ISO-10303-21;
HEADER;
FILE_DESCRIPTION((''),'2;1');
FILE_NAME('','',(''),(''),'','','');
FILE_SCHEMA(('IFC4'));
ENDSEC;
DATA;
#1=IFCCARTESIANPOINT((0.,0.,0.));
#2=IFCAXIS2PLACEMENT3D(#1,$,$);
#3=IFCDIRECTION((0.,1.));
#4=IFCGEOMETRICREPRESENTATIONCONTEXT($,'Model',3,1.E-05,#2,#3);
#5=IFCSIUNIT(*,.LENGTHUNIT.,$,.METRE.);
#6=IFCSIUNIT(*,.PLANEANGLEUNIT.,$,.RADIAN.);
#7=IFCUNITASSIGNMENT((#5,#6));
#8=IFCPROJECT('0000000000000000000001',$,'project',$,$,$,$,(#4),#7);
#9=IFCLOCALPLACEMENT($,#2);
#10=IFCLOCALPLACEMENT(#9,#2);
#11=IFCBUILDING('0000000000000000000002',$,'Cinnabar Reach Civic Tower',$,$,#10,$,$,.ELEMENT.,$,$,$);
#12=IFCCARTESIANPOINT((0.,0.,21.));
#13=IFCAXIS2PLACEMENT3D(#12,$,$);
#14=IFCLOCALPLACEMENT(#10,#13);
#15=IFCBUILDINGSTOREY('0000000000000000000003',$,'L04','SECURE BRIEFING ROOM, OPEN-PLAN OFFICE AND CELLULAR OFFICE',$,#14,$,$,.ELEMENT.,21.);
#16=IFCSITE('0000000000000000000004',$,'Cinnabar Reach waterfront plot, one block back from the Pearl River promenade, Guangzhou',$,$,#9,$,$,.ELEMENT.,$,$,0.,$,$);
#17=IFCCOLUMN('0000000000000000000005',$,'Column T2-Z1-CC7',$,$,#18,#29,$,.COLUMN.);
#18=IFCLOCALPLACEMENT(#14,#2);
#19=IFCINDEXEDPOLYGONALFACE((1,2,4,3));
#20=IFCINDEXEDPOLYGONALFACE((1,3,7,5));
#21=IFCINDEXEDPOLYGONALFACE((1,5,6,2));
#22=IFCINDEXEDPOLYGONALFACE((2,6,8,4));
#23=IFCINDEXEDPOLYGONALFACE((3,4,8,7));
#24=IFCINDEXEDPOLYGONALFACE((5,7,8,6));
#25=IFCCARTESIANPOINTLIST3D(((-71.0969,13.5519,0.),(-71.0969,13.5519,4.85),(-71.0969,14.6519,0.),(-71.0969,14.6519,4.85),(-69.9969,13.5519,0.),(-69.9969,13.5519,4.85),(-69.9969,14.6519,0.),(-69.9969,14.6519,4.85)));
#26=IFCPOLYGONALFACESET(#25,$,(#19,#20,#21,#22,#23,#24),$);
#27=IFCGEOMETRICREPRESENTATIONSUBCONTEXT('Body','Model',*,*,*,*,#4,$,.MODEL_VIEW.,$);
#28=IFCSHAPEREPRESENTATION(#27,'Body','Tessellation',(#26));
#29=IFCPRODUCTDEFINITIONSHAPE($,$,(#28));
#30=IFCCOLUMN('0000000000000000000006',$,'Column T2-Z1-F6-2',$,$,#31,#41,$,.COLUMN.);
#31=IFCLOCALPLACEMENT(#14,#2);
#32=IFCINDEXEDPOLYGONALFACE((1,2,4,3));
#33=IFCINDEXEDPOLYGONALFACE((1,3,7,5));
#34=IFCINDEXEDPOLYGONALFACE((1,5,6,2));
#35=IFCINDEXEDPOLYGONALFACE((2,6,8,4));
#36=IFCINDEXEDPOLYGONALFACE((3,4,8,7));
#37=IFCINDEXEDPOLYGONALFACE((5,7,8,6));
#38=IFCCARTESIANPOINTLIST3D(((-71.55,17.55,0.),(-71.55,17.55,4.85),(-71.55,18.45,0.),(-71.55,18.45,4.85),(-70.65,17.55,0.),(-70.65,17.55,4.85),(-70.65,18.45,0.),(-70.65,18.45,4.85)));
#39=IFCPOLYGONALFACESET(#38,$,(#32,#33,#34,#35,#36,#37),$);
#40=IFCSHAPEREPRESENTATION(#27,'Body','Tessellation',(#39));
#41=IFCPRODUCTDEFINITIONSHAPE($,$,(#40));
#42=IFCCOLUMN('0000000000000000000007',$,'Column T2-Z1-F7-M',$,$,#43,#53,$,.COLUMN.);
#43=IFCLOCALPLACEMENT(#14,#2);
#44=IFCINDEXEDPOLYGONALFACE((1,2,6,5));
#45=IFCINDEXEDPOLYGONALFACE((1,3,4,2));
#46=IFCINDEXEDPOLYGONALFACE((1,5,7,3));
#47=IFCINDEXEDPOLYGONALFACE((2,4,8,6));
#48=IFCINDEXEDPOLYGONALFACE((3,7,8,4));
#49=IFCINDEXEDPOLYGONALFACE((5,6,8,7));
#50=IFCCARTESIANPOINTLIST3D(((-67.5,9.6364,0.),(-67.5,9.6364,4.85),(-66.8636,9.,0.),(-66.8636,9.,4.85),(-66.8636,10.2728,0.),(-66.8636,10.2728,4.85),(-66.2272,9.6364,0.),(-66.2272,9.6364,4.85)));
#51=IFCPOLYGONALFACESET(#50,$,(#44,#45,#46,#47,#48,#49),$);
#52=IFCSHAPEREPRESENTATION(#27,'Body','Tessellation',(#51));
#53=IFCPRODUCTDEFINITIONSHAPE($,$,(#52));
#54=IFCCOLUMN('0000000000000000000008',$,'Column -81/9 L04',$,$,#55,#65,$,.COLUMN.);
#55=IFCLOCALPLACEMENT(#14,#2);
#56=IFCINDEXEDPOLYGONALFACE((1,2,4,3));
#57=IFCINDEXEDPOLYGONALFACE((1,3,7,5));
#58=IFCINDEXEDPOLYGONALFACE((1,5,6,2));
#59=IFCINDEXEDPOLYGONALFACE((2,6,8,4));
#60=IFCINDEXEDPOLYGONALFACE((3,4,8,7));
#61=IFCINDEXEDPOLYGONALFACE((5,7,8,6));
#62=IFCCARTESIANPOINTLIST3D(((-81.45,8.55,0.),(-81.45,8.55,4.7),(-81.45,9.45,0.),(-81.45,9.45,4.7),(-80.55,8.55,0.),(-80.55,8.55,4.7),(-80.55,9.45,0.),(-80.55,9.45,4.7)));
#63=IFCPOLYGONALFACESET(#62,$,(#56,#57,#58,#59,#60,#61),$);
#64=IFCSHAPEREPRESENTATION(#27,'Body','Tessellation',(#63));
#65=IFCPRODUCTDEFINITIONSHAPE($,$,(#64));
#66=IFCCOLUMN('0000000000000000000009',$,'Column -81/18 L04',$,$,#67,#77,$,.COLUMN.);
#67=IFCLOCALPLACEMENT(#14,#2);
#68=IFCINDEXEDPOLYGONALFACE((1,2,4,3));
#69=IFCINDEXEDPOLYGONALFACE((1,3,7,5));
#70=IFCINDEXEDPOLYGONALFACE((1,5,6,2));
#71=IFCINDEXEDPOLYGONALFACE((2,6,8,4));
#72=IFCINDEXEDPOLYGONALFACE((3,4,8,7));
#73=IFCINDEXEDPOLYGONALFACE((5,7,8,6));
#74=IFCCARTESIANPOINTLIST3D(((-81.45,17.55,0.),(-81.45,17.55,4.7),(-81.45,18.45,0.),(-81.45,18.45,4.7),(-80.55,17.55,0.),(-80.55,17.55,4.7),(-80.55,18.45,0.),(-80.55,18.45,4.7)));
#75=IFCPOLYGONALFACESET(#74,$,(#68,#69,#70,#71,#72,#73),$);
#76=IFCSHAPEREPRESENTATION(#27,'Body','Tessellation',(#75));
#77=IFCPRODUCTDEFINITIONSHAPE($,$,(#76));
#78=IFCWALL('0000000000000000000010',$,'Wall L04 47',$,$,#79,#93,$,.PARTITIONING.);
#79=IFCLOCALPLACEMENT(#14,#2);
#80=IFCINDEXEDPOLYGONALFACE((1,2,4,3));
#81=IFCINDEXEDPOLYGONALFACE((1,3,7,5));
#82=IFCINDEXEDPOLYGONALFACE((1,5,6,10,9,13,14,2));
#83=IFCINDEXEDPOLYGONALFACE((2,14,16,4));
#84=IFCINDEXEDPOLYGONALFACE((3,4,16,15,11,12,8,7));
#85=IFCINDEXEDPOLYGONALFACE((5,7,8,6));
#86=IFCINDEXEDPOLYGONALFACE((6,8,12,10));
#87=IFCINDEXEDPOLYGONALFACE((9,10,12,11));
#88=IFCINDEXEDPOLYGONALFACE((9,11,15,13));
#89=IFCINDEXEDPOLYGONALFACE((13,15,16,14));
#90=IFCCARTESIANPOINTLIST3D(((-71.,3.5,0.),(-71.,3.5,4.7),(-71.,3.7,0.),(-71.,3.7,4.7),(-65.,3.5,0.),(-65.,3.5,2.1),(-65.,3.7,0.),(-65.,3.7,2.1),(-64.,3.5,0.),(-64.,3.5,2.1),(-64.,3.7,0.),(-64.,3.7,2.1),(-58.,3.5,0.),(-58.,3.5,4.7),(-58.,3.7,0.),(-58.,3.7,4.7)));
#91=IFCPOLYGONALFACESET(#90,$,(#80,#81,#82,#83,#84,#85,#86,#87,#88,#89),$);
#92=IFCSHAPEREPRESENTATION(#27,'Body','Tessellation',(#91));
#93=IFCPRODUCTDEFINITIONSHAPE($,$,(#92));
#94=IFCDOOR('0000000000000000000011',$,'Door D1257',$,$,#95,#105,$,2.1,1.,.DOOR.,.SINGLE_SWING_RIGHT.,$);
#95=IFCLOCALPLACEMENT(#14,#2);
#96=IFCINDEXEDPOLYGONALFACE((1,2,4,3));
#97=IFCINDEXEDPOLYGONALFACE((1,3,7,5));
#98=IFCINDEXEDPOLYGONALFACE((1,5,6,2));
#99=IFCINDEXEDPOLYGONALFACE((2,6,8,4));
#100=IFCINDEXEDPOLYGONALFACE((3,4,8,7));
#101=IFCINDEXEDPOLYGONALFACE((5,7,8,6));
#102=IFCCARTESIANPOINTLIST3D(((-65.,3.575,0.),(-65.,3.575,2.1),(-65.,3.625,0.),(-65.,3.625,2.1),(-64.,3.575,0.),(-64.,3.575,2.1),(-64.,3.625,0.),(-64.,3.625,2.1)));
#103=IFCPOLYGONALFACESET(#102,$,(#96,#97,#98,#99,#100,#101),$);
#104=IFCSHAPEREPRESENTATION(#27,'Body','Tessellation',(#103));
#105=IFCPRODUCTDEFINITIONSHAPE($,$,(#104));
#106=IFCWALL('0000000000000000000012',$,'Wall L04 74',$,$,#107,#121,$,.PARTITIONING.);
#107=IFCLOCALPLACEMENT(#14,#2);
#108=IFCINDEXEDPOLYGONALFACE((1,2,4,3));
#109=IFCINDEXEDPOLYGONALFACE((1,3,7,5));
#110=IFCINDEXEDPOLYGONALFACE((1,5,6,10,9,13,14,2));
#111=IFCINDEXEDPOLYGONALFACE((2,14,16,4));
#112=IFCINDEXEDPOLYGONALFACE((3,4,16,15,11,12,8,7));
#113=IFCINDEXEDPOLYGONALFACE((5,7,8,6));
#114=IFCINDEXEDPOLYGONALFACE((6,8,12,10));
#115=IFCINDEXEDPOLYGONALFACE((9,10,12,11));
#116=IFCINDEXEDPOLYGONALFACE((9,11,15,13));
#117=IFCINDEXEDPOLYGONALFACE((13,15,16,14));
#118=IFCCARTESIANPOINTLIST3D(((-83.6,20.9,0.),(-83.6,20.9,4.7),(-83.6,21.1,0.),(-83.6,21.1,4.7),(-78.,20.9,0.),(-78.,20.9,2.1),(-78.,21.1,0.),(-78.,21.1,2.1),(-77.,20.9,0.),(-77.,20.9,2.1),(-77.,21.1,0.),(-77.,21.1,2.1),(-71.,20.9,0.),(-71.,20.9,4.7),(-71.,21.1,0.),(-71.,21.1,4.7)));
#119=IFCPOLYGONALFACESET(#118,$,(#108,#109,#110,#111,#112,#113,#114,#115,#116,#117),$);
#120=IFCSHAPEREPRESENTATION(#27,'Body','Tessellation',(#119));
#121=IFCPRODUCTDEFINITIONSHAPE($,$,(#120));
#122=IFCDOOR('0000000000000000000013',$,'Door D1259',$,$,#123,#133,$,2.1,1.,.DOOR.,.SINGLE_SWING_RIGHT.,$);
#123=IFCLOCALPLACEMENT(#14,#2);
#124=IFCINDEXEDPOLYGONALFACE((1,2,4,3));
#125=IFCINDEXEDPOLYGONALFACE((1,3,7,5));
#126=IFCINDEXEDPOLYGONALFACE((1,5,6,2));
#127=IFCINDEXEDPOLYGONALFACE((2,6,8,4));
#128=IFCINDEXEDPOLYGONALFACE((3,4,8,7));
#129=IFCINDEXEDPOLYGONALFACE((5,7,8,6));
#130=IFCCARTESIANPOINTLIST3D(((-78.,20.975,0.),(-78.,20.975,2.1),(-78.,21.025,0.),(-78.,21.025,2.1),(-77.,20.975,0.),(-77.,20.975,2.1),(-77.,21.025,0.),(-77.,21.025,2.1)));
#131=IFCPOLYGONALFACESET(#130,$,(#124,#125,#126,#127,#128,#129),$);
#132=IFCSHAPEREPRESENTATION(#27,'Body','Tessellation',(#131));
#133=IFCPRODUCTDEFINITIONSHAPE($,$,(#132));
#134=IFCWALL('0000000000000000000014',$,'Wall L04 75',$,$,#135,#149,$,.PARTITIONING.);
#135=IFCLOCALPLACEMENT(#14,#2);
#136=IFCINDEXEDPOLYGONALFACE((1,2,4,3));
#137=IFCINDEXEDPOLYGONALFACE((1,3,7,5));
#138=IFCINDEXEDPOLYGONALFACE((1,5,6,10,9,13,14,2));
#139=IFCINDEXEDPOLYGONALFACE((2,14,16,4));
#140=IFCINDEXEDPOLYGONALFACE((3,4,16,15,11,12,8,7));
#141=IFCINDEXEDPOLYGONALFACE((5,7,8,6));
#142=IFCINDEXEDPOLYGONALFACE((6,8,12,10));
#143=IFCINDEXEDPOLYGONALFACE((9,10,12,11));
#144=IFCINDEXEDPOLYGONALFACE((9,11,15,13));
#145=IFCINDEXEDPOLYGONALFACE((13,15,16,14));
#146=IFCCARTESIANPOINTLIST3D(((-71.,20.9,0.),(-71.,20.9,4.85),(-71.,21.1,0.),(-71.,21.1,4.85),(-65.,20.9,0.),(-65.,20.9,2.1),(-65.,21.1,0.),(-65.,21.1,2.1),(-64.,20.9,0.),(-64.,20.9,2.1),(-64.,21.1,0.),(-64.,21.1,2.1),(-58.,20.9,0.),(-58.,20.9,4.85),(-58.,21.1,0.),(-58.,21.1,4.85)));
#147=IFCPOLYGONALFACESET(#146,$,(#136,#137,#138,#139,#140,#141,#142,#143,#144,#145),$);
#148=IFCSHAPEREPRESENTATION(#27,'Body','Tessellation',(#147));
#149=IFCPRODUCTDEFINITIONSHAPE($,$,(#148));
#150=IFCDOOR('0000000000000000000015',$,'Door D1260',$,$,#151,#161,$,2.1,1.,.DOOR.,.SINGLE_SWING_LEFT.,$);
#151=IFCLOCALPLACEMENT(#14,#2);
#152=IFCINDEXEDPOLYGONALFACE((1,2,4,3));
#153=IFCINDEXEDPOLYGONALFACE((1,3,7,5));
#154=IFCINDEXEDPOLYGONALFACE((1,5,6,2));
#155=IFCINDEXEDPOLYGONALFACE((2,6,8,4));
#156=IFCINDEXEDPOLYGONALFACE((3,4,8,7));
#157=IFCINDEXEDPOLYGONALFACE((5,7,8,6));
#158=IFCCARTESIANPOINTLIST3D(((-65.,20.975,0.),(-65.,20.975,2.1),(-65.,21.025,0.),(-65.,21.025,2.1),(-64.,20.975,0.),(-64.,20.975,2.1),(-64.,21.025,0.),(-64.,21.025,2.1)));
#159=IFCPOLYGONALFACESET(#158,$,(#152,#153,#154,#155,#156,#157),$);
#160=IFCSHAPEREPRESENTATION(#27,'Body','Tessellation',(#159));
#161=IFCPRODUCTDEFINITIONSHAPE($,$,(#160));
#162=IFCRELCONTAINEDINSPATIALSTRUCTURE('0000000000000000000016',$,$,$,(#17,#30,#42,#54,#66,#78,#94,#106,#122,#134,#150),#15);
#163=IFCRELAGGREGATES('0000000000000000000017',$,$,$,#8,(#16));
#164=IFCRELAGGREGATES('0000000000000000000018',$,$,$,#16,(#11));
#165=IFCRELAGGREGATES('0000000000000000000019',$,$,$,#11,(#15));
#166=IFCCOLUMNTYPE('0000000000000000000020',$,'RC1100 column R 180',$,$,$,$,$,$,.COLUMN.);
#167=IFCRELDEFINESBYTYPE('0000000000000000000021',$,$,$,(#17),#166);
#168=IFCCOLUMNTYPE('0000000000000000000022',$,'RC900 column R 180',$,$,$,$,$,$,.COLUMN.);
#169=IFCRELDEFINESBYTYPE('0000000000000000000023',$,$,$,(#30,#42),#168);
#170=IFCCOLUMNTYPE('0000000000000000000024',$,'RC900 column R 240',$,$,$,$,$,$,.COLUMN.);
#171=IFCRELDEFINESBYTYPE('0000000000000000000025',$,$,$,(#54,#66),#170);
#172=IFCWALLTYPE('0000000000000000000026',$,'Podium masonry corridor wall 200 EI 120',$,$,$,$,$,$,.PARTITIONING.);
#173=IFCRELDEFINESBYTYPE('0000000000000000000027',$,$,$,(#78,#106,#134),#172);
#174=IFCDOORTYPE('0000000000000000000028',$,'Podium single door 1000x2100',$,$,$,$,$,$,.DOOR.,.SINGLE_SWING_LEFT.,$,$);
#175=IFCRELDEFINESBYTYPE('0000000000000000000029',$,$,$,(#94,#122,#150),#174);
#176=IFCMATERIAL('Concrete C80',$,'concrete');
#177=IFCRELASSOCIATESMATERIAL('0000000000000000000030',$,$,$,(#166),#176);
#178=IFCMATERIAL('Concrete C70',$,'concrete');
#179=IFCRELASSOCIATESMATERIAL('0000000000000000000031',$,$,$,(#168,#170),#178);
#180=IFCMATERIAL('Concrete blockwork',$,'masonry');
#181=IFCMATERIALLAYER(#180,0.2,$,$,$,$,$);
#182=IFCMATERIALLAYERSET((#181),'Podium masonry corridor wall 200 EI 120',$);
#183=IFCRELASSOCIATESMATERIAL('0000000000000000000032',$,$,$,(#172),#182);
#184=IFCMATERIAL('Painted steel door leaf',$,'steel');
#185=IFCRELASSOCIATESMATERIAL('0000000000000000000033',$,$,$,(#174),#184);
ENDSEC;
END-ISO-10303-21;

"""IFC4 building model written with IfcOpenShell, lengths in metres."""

from ifc_helpers import new_model, si_unit, direction, frame, frame_2d, origin, origin_2d, place, context, subcontext, project, spatial, rectangle, extrude, material, layer, layer_set, material_profile, profile_set, type_object, element, fill, save


model = new_model("IFC4")

# Units and contexts
model_context = context("Model", 3, precision=1e-05, world=origin(), true_north=direction((0.0, 1.0)))
body_context = subcontext(model_context, "Body", "Model", "MODEL_VIEW")
ifc_project = project(units=[si_unit("LENGTHUNIT", "METRE"), si_unit("PLANEANGLEUNIT", "RADIAN")], contexts=[model_context])

# Site, building, storey
site_placement = place(None, origin())
site = spatial("IfcSite", under=ifc_project, at=site_placement, Name="Cinnabar Reach waterfront plot, one block back from the Pearl River promenade, Guangzhou", CompositionType="ELEMENT", RefElevation=0.0)
building_placement = place(site_placement, origin())
building = spatial("IfcBuilding", under=site, at=building_placement, Name="Cinnabar Reach Civic Tower", CompositionType="ELEMENT")
storey_placement = place(building_placement, frame((0.0, 0.0, 21.0)))
storey = spatial("IfcBuildingStorey", under=building, at=storey_placement, Name="L04", Description="SECURE BRIEFING ROOM, OPEN-PLAN OFFICE AND CELLULAR OFFICE", CompositionType="ELEMENT", Elevation=21.0)

# Columns
ifc_material_1 = material(Name="Concrete C80", Category="concrete")
ifc_material_profile_1 = material_profile(ifc_material_1, rectangle(XDim=1.1, YDim=1.1, at=origin_2d()), Name="RC1100")
ifc_profile_set_1 = profile_set([ifc_material_profile_1], Name="Concrete C80")
column_type_1 = type_object("IfcColumnType", Name="RC1100 column R 180", PredefinedType="COLUMN", material=ifc_profile_set_1)
column_placement = place(storey_placement, frame((-70.5469, 14.1019, 0.0), z_axis=(0.0, 0.0, 1.0), x_axis=(1.0, 0.0, 0.0)))
element("IfcColumn", 1, at=column_placement, inside=storey, type_object=column_type_1, Name="Column T2-Z1-CC7", PredefinedType="COLUMN", context=body_context, shape_type="SweptSolid", body=[
    extrude(rectangle(XDim=1.1, YDim=1.1, at=origin_2d()), origin(), (0.0, 0.0, 1.0), 4.85),
])
ifc_material_2 = material(Name="Concrete C70", Category="concrete")
ifc_material_profile_2 = material_profile(ifc_material_2, rectangle(XDim=0.9, YDim=0.9, at=origin_2d()), Name="RC900")
ifc_profile_set_2 = profile_set([ifc_material_profile_2], Name="Concrete C70")
column_type_2 = type_object("IfcColumnType", Name="RC900 column R 180", PredefinedType="COLUMN", material=ifc_profile_set_2)
for number, where, z_axis, x_axis, name in (
    (2, (-71.1, 18.0, 0.0), (0.0, 0.0, 1.0), (1.0, 0.0, 0.0), "Column T2-Z1-F6-2"),
    (3, (-66.8636, 9.6364, 0.0), (0.0, 0.0, 1.0), (0.707107, 0.707107, 0.0), "Column T2-Z1-F7-M"),
):
    element("IfcColumn", number, at=place(storey_placement, frame(where, z_axis=z_axis, x_axis=x_axis)), inside=storey, type_object=column_type_2, Name=name, PredefinedType="COLUMN", context=body_context, shape_type="SweptSolid", body=[
        extrude(rectangle(XDim=0.9, YDim=0.9, at=origin_2d()), origin(), (0.0, 0.0, 1.0), 4.85),
    ])
ifc_material_profile_3 = material_profile(ifc_material_2, rectangle(XDim=0.9, YDim=0.9, at=origin_2d()), Name="RC900")
ifc_profile_set_3 = profile_set([ifc_material_profile_3], Name="Concrete C70")
column_type_3 = type_object("IfcColumnType", Name="RC900 column R 240", PredefinedType="COLUMN", material=ifc_profile_set_3)
for number, where, z_axis, x_axis, name in (
    (4, (-81.0, 9.0, 0.0), (0.0, 0.0, 1.0), (1.0, 0.0, 0.0), "Column -81/9 L04"),
    (5, (-81.0, 18.0, 0.0), (0.0, 0.0, 1.0), (1.0, 0.0, 0.0), "Column -81/18 L04"),
):
    element("IfcColumn", number, at=place(storey_placement, frame(where, z_axis=z_axis, x_axis=x_axis)), inside=storey, type_object=column_type_3, Name=name, PredefinedType="COLUMN", context=body_context, shape_type="SweptSolid", body=[
        extrude(rectangle(XDim=0.9, YDim=0.9, at=origin_2d()), origin(), (0.0, 0.0, 1.0), 4.7),
    ])

# Walls, openings, doors
ifc_material_3 = material(Name="Concrete blockwork", Category="masonry")
ifc_layer_1 = layer(ifc_material_3, 0.2)
ifc_layer_set_1 = layer_set([ifc_layer_1], Name="Podium masonry corridor wall 200 EI 120")
wall_type_1 = type_object("IfcWallType", Name="Podium masonry corridor wall 200 EI 120", PredefinedType="PARTITIONING", material=ifc_layer_set_1)
wall_1_placement = place(storey_placement, frame((-71.0, 3.6, 0.0), z_axis=(0.0, 0.0, 1.0), x_axis=(1.0, 0.0, 0.0)))
wall_1 = element("IfcWall", 6, at=wall_1_placement, inside=storey, type_object=wall_type_1, Name="Wall L04 47", PredefinedType="PARTITIONING", context=body_context, shape_type="SweptSolid", body=[
    extrude(rectangle(XDim=13.0, YDim=0.2, at=frame_2d((6.5, 0.0))), origin(), (0.0, 0.0, 1.0), 4.7),
])
opening_1_placement = place(wall_1_placement, frame((6.0, 0.0, 0.0)))
opening_1 = element("IfcOpeningElement", 7, at=opening_1_placement, cuts=wall_1, PredefinedType="OPENING", context=body_context, shape_type="SweptSolid", body=[
    extrude(rectangle(XDim=1.0, YDim=2.1, at=frame_2d((0.5, 1.05))), frame((0.0, 0.11, 0.0), z_axis=(0.0, -1.0, 0.0), x_axis=(1.0, 0.0, 0.0)), (0.0, 0.0, 1.0), 0.22),
])
ifc_material_4 = material(Name="Painted steel door leaf", Category="steel")
door_type = type_object("IfcDoorType", Name="Podium single door 1000x2100", OperationType="SINGLE_SWING_LEFT", PredefinedType="DOOR", material=ifc_material_4)
door_1_placement = place(opening_1_placement, origin())
door_1 = element("IfcDoor", 8, at=door_1_placement, inside=storey, type_object=door_type, Name="Door D1257", OperationType="SINGLE_SWING_RIGHT", OverallHeight=2.1, OverallWidth=1.0, PredefinedType="DOOR", context=body_context, shape_type="SweptSolid", body=[
    extrude(rectangle(XDim=1.0, YDim=2.1, at=frame_2d((0.5, 1.05))), frame((0.0, 0.025, 0.0), z_axis=(0.0, -1.0, 0.0), x_axis=(1.0, 0.0, 0.0)), (0.0, 0.0, 1.0), 0.05),
])
fill(opening_1, door_1)
wall_2_placement = place(storey_placement, frame((-83.6, 21.0, 0.0), z_axis=(0.0, 0.0, 1.0), x_axis=(1.0, 0.0, 0.0)))
wall_2 = element("IfcWall", 9, at=wall_2_placement, inside=storey, type_object=wall_type_1, Name="Wall L04 74", PredefinedType="PARTITIONING", context=body_context, shape_type="SweptSolid", body=[
    extrude(rectangle(XDim=12.6, YDim=0.2, at=frame_2d((6.3, 0.0))), origin(), (0.0, 0.0, 1.0), 4.7),
])
opening_2_placement = place(wall_2_placement, frame((5.6, 0.0, 0.0)))
opening_2 = element("IfcOpeningElement", 10, at=opening_2_placement, cuts=wall_2, PredefinedType="OPENING", context=body_context, shape_type="SweptSolid", body=[
    extrude(rectangle(XDim=1.0, YDim=2.1, at=frame_2d((0.5, 1.05))), frame((0.0, 0.11, 0.0), z_axis=(0.0, -1.0, 0.0), x_axis=(1.0, 0.0, 0.0)), (0.0, 0.0, 1.0), 0.22),
])
door_2_placement = place(opening_2_placement, frame((1.0, 0.0, 0.0), z_axis=(0.0, 0.0, 1.0), x_axis=(-1.0, 0.0, 0.0)))
door_2 = element("IfcDoor", 11, at=door_2_placement, inside=storey, type_object=door_type, Name="Door D1259", OperationType="SINGLE_SWING_RIGHT", OverallHeight=2.1, OverallWidth=1.0, PredefinedType="DOOR", context=body_context, shape_type="SweptSolid", body=[
    extrude(rectangle(XDim=1.0, YDim=2.1, at=frame_2d((0.5, 1.05))), frame((0.0, 0.025, 0.0), z_axis=(0.0, -1.0, 0.0), x_axis=(1.0, 0.0, 0.0)), (0.0, 0.0, 1.0), 0.05),
])
fill(opening_2, door_2)
wall_3_placement = place(storey_placement, frame((-71.0, 21.0, 0.0), z_axis=(0.0, 0.0, 1.0), x_axis=(1.0, 0.0, 0.0)))
wall_3 = element("IfcWall", 12, at=wall_3_placement, inside=storey, type_object=wall_type_1, Name="Wall L04 75", PredefinedType="PARTITIONING", context=body_context, shape_type="SweptSolid", body=[
    extrude(rectangle(XDim=13.0, YDim=0.2, at=frame_2d((6.5, 0.0))), origin(), (0.0, 0.0, 1.0), 4.85),
])
opening_3_placement = place(wall_3_placement, frame((6.0, 0.0, 0.0)))
opening_3 = element("IfcOpeningElement", 13, at=opening_3_placement, cuts=wall_3, PredefinedType="OPENING", context=body_context, shape_type="SweptSolid", body=[
    extrude(rectangle(XDim=1.0, YDim=2.1, at=frame_2d((0.5, 1.05))), frame((0.0, 0.11, 0.0), z_axis=(0.0, -1.0, 0.0), x_axis=(1.0, 0.0, 0.0)), (0.0, 0.0, 1.0), 0.22),
])
door_3_placement = place(opening_3_placement, frame((1.0, 0.0, 0.0), z_axis=(0.0, 0.0, 1.0), x_axis=(-1.0, 0.0, 0.0)))
door_3 = element("IfcDoor", 14, at=door_3_placement, inside=storey, type_object=door_type, Name="Door D1260", OperationType="SINGLE_SWING_LEFT", OverallHeight=2.1, OverallWidth=1.0, PredefinedType="DOOR", context=body_context, shape_type="SweptSolid", body=[
    extrude(rectangle(XDim=1.0, YDim=2.1, at=frame_2d((0.5, 1.05))), frame((0.0, 0.025, 0.0), z_axis=(0.0, -1.0, 0.0), x_axis=(1.0, 0.0, 0.0)), (0.0, 0.0, 1.0), 0.05),
])
fill(opening_3, door_3)

save(model, "model.ifc")
